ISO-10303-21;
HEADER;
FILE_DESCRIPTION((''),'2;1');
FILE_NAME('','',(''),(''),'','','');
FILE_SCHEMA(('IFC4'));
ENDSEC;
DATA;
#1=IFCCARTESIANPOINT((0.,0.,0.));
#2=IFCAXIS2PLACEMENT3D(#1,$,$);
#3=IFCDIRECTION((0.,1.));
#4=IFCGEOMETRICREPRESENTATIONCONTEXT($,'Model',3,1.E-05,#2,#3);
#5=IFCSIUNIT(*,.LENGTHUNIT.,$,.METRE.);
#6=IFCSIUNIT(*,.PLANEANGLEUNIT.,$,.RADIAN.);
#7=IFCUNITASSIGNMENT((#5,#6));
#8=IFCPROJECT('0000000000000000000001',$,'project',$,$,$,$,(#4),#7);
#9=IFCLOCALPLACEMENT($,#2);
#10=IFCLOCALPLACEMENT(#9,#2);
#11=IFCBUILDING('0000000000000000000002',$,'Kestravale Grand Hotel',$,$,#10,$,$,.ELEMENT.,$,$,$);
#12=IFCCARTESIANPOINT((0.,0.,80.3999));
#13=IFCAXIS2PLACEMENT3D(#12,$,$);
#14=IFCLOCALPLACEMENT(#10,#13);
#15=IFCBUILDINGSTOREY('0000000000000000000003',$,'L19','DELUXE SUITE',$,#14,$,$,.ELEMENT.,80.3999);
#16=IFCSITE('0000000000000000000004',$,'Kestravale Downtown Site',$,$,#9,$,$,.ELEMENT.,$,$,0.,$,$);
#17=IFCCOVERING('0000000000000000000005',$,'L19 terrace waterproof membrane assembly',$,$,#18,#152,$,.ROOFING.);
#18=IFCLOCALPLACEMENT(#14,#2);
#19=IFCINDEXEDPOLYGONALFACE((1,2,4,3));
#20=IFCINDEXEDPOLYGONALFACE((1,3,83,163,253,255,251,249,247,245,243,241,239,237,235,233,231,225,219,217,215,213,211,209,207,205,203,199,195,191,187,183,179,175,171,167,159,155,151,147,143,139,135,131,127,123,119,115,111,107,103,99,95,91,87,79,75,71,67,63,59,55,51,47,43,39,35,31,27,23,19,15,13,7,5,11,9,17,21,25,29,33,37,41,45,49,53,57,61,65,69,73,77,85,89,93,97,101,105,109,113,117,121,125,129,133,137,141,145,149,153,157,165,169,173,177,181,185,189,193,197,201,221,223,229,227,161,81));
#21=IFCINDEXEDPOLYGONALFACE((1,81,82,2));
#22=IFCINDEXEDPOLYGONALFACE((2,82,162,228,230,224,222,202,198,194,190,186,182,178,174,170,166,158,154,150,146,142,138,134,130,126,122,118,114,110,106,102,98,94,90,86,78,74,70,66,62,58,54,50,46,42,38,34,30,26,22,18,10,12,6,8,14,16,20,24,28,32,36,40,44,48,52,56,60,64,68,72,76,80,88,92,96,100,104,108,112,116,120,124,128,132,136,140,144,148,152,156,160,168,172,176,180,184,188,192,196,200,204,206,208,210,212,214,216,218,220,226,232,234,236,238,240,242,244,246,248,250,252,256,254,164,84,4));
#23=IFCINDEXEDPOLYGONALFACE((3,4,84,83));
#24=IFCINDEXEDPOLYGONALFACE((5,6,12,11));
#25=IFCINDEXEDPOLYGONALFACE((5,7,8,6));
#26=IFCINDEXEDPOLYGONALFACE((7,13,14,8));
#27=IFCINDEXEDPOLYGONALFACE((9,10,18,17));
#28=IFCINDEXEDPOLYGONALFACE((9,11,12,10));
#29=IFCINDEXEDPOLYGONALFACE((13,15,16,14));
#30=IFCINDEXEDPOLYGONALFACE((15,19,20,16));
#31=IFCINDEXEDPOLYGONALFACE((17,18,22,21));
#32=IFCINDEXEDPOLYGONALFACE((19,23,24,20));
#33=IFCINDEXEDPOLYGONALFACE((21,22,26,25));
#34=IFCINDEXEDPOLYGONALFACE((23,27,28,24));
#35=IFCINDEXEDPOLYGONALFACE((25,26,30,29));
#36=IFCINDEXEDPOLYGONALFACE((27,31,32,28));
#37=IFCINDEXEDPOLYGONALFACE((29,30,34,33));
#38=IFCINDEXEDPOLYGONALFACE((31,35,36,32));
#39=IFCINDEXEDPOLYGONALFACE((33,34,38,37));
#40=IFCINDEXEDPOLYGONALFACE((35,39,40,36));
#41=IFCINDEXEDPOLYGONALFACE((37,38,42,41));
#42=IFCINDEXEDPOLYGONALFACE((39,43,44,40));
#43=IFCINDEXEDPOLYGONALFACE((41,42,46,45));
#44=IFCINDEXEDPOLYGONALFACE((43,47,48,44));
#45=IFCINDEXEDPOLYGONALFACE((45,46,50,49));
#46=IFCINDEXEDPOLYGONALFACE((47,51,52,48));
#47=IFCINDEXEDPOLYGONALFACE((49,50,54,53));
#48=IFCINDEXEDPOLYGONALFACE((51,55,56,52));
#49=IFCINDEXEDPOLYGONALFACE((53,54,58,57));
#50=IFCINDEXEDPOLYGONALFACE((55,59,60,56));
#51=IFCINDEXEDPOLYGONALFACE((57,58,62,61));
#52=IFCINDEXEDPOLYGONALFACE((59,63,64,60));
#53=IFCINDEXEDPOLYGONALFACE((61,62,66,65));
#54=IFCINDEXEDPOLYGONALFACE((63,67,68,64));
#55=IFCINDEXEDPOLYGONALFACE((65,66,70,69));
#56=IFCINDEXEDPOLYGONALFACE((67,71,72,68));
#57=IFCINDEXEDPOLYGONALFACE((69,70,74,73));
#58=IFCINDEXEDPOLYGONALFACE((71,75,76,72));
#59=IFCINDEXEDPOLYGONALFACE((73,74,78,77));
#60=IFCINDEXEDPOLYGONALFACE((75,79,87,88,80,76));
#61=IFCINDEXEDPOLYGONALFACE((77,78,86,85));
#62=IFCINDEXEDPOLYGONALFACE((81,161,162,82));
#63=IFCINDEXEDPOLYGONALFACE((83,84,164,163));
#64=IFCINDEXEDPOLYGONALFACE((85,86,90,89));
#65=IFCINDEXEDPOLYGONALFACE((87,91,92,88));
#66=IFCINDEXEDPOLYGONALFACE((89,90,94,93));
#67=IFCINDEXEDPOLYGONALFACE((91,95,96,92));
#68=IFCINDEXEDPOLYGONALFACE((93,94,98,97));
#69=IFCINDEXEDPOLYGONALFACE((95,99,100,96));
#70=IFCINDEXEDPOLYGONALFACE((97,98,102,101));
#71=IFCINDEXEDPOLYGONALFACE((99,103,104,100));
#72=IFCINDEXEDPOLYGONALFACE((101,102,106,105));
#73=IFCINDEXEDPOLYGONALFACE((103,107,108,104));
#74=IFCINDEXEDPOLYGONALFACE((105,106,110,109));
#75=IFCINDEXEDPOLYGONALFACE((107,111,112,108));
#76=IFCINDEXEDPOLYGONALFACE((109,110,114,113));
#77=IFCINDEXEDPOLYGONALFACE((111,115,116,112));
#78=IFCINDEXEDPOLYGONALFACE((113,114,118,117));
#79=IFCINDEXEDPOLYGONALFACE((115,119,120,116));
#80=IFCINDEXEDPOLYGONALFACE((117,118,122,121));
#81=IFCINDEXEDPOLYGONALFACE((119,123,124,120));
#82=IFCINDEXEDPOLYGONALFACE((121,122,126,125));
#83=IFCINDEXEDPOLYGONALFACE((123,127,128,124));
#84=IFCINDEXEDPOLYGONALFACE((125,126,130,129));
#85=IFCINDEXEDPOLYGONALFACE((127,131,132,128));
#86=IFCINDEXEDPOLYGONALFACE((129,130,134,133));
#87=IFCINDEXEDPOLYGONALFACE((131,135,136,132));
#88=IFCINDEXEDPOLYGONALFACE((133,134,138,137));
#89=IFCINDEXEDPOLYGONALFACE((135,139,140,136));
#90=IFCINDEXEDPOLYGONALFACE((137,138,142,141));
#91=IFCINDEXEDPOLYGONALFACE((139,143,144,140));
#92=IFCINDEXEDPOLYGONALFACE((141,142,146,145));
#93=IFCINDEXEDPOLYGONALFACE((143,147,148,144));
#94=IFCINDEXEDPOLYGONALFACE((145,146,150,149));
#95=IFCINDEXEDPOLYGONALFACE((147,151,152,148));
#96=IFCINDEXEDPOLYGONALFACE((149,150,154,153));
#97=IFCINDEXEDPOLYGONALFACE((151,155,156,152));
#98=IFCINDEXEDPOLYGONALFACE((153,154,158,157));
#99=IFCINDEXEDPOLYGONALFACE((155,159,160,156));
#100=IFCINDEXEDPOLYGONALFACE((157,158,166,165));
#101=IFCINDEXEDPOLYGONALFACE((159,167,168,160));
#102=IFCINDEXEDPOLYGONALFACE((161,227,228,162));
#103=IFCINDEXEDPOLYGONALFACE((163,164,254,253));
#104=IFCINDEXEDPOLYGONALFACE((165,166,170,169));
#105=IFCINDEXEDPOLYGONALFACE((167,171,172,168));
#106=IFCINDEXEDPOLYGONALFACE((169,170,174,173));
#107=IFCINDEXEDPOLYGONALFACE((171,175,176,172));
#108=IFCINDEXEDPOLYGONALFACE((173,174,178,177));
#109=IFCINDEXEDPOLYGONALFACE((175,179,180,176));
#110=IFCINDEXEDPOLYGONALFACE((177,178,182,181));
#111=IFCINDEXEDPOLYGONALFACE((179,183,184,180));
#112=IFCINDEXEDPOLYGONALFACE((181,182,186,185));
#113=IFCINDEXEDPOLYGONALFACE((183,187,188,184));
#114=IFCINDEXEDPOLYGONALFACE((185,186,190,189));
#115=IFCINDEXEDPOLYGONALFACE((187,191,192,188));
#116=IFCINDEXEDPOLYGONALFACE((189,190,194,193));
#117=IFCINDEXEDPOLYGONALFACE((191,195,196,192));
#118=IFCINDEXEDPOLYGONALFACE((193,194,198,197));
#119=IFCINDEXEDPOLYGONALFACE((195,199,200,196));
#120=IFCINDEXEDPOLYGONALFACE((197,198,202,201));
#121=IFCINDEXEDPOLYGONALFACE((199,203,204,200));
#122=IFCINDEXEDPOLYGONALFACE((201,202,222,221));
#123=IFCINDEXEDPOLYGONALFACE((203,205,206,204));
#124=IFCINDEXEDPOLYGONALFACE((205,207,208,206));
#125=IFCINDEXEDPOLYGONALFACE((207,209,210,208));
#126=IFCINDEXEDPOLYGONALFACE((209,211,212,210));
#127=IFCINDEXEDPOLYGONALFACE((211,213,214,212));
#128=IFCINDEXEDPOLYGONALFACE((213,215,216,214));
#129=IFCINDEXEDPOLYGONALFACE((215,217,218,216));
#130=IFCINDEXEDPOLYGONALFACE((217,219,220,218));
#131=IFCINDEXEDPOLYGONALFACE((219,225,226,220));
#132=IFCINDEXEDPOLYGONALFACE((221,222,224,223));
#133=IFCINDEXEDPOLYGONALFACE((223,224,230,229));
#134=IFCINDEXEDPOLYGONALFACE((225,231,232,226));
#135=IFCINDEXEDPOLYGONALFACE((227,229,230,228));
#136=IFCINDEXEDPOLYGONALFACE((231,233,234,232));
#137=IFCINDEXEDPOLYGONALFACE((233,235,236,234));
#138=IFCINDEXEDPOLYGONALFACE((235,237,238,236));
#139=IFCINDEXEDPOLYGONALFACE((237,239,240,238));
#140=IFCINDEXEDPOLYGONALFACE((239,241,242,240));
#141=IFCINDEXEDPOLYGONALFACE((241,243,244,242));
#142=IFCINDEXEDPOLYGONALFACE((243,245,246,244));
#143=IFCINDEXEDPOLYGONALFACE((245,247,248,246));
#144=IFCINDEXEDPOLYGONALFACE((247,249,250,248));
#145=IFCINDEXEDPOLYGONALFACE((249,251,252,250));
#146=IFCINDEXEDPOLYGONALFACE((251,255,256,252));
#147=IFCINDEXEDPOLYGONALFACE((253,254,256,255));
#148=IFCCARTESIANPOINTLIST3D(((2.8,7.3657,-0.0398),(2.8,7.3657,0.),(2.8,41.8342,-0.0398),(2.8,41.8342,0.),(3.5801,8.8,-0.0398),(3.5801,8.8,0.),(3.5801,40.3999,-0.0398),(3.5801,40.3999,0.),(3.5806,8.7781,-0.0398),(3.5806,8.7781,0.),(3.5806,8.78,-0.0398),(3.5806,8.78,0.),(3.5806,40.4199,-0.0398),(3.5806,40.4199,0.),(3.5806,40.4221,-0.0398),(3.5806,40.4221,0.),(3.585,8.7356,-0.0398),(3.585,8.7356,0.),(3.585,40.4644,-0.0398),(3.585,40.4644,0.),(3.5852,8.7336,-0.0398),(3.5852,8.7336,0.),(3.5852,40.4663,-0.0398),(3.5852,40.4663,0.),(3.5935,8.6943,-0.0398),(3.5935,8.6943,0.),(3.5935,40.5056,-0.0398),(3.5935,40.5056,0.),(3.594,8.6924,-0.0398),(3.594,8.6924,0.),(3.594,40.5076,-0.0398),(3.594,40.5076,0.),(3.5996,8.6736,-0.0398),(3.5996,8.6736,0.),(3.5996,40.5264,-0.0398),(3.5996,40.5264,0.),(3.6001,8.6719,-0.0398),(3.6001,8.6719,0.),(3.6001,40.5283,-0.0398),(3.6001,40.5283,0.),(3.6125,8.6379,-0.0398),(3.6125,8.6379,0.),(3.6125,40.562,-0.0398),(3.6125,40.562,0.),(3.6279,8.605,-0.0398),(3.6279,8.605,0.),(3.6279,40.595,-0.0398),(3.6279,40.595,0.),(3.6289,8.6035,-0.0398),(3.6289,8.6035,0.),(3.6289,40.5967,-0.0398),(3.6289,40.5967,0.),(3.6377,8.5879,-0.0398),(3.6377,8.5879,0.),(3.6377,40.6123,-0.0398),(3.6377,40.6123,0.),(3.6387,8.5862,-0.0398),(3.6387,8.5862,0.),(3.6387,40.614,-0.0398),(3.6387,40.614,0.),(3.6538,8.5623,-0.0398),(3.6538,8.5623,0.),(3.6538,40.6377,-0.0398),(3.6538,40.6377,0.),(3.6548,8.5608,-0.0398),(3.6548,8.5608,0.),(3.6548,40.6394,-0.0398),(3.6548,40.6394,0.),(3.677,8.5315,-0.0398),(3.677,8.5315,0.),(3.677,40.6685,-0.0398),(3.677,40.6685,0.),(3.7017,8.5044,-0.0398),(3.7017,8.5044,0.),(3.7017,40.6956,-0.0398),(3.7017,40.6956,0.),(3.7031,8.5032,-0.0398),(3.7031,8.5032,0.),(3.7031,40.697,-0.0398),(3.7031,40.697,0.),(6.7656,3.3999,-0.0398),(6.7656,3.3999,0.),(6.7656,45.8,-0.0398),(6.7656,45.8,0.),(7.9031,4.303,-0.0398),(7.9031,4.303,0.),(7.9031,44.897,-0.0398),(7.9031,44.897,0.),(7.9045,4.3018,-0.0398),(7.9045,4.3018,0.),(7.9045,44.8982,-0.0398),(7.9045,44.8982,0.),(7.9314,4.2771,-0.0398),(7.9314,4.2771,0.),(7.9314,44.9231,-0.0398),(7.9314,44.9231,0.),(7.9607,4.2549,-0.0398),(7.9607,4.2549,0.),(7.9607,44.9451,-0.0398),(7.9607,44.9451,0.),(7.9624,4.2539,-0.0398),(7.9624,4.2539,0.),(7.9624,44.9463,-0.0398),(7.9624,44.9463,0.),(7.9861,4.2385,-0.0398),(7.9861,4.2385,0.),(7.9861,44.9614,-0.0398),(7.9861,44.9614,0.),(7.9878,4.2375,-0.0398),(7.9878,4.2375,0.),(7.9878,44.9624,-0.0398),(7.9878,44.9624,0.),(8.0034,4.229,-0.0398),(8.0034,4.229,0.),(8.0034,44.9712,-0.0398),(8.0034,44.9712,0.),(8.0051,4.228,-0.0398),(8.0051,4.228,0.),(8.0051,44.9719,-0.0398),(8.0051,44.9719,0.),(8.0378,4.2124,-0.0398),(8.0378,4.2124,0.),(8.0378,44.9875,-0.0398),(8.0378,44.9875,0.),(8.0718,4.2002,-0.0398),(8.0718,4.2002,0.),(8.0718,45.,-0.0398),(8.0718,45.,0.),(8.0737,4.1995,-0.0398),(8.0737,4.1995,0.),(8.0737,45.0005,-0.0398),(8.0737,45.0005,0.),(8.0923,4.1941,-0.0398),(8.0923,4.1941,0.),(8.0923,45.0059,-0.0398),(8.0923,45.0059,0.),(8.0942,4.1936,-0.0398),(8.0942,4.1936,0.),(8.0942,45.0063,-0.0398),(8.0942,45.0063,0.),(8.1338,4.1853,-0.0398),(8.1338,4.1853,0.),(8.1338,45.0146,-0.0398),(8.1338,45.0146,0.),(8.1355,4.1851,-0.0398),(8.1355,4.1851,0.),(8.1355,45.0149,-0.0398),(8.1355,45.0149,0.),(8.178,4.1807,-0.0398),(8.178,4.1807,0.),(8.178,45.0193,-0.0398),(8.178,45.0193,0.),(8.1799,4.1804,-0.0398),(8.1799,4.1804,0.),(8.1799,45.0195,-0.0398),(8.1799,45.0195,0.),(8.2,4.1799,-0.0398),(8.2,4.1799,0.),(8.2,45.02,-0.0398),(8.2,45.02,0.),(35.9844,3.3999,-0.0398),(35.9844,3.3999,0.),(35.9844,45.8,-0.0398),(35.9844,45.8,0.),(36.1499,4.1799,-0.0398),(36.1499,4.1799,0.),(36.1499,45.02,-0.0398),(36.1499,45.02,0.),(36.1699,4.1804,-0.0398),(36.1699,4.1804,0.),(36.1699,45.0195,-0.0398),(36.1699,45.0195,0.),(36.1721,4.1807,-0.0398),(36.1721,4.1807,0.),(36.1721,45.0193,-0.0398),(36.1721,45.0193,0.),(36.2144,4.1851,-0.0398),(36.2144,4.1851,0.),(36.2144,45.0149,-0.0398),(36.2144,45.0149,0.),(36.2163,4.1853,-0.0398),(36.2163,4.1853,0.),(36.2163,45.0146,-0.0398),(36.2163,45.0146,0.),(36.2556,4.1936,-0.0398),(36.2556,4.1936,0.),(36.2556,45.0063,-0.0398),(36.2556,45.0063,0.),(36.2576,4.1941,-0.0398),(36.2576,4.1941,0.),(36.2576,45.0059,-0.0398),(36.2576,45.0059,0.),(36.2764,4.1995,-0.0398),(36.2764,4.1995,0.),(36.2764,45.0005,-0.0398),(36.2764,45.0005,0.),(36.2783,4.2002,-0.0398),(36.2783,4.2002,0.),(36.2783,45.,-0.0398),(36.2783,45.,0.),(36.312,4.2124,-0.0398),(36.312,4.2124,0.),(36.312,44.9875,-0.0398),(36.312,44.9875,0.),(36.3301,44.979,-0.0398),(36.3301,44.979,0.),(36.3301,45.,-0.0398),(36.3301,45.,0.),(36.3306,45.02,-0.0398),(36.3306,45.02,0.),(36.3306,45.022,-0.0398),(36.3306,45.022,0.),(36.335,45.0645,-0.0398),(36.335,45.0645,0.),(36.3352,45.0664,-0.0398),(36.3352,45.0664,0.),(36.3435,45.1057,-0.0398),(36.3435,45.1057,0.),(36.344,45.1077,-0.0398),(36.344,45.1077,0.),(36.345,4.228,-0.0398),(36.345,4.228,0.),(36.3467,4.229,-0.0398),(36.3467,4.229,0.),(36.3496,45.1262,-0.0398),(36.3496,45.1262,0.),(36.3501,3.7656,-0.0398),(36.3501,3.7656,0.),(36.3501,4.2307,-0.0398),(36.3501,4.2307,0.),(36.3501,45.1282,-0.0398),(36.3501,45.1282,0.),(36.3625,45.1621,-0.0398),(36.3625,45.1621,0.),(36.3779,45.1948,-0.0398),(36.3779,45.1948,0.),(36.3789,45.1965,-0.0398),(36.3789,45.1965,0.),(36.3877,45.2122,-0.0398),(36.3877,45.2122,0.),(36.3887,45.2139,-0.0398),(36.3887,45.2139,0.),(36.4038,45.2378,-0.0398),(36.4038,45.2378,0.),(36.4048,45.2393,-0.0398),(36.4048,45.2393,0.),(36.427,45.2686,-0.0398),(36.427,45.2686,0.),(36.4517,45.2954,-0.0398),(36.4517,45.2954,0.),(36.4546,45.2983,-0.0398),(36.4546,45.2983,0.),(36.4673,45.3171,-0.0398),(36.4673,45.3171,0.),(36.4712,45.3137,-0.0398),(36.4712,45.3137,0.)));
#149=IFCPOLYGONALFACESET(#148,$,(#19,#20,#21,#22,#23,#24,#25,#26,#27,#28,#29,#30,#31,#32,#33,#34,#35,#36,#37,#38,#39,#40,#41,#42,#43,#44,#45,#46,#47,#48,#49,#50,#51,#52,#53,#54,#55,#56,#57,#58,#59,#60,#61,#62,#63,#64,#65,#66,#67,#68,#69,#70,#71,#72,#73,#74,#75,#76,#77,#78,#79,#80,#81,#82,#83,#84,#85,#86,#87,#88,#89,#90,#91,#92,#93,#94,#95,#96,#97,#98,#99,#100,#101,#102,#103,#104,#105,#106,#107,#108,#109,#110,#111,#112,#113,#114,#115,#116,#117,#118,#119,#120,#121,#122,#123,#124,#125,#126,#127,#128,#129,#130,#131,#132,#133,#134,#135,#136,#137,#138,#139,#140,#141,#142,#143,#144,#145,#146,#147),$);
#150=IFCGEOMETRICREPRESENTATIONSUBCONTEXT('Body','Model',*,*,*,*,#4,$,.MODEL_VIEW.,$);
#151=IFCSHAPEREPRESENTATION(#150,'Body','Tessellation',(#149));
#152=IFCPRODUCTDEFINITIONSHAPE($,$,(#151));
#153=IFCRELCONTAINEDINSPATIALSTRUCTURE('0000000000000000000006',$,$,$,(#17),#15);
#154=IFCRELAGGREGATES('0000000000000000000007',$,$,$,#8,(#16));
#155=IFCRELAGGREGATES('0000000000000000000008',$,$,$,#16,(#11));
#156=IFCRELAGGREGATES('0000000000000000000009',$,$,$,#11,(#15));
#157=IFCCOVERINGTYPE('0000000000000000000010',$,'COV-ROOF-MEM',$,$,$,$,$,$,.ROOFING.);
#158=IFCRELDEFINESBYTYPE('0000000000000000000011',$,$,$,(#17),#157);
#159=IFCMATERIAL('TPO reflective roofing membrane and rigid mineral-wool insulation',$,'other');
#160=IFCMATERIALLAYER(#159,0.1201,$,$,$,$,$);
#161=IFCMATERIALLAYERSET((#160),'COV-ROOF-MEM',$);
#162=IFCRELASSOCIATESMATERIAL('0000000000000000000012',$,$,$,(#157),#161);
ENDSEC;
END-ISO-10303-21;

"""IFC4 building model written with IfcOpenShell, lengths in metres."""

from ifc_helpers import new_model, si_unit, direction, frame, origin, place, context, subcontext, project, spatial, polyline, outline, extrude, material, layer, layer_set, type_object, element, save


model = new_model("IFC4")

# Units and contexts
model_context = context("Model", 3, precision=1e-05, world=origin(), true_north=direction((0.0, 1.0)))
body_context = subcontext(model_context, "Body", "Model", "MODEL_VIEW")
ifc_project = project(units=[si_unit("LENGTHUNIT", "METRE"), si_unit("PLANEANGLEUNIT", "RADIAN")], contexts=[model_context])

# Site, building, storey
site_placement = place(None, origin())
site = spatial("IfcSite", under=ifc_project, at=site_placement, Name="Kestravale Downtown Site", CompositionType="ELEMENT", RefElevation=0.0)
building_placement = place(site_placement, origin())
building = spatial("IfcBuilding", under=site, at=building_placement, Name="Kestravale Grand Hotel", CompositionType="ELEMENT")
storey_placement = place(building_placement, frame((0.0, 0.0, 80.3999)))
storey = spatial("IfcBuildingStorey", under=building, at=storey_placement, Name="L19", Description="DELUXE SUITE", CompositionType="ELEMENT", Elevation=80.3999)

# Covering
ifc_material_1 = material(Name="TPO reflective roofing membrane and rigid mineral-wool insulation", Category="other")
ifc_layer_1 = layer(ifc_material_1, 0.1201)
ifc_layer_set_1 = layer_set([ifc_layer_1], Name="COV-ROOF-MEM")
covering_type = type_object("IfcCoveringType", Name="COV-ROOF-MEM", PredefinedType="ROOFING", material=ifc_layer_set_1)
covering_placement = place(storey_placement, frame((0.0, 0.0, -0.0398)))
element("IfcCovering", 1, at=covering_placement, inside=storey, type_object=covering_type, Name="L19 terrace waterproof membrane assembly", PredefinedType="ROOFING", context=body_context, shape_type="SweptSolid", body=[
    extrude(outline(polyline([(36.3301, 44.979), (36.312, 44.9875), (36.2783, 45.0), (36.2764, 45.0005), (36.2576, 45.0059), (36.2556, 45.0063), (36.2163, 45.0146), (36.2144, 45.0149), (36.1721, 45.0193), (36.1699, 45.0195), (36.1499, 45.02), (8.2, 45.02), (8.1799, 45.0195), (8.178, 45.0193), (8.1355, 45.0149), (8.1338, 45.0146), (8.0942, 45.0063), (8.0923, 45.0059), (8.0737, 45.0005), (8.0718, 45.0), (8.0378, 44.9875), (8.0051, 44.9719), (8.0034, 44.9712), (7.9878, 44.9624), (7.9861, 44.9614), (7.9624, 44.9463), (7.9607, 44.9451), (7.9314, 44.9231), (7.9045, 44.8982), (7.9031, 44.897), (3.7031, 40.697), (3.7017, 40.6956), (3.677, 40.6685), (3.6548, 40.6394), (3.6538, 40.6377), (3.6387, 40.614), (3.6377, 40.6123), (3.6289, 40.5967), (3.6279, 40.595), (3.6125, 40.562), (3.6001, 40.5283), (3.5996, 40.5264), (3.594, 40.5076), (3.5935, 40.5056), (3.5852, 40.4663), (3.585, 40.4644), (3.5806, 40.4221), (3.5806, 40.4199), (3.5801, 40.3999), (3.5801, 8.8), (3.5806, 8.78), (3.5806, 8.7781), (3.585, 8.7356), (3.5852, 8.7336), (3.5935, 8.6943), (3.594, 8.6924), (3.5996, 8.6736), (3.6001, 8.6719), (3.6125, 8.6379), (3.6279, 8.605), (3.6289, 8.6035), (3.6377, 8.5879), (3.6387, 8.5862), (3.6538, 8.5623), (3.6548, 8.5608), (3.677, 8.5315), (3.7017, 8.5044), (3.7031, 8.5032), (7.9031, 4.303), (7.9045, 4.3018), (7.9314, 4.2771), (7.9607, 4.2549), (7.9624, 4.2539), (7.9861, 4.2385), (7.9878, 4.2375), (8.0034, 4.229), (8.0051, 4.228), (8.0378, 4.2124), (8.0718, 4.2002), (8.0737, 4.1995), (8.0923, 4.1941), (8.0942, 4.1936), (8.1338, 4.1853), (8.1355, 4.1851), (8.178, 4.1807), (8.1799, 4.1804), (8.2, 4.1799), (36.1499, 4.1799), (36.1699, 4.1804), (36.1721, 4.1807), (36.2144, 4.1851), (36.2163, 4.1853), (36.2556, 4.1936), (36.2576, 4.1941), (36.2764, 4.1995), (36.2783, 4.2002), (36.312, 4.2124), (36.345, 4.228), (36.3467, 4.229), (36.3501, 4.2307), (36.3501, 3.7656), (35.9844, 3.3999), (6.7656, 3.3999), (2.8, 7.3657), (2.8, 41.8342), (6.7656, 45.8), (35.9844, 45.8), (36.4673, 45.3171), (36.4712, 45.3137), (36.4546, 45.2983), (36.4517, 45.2954), (36.427, 45.2686), (36.4048, 45.2393), (36.4038, 45.2378), (36.3887, 45.2139), (36.3877, 45.2122), (36.3789, 45.1965), (36.3779, 45.1948), (36.3625, 45.1621), (36.3501, 45.1282), (36.3496, 45.1262), (36.344, 45.1077), (36.3435, 45.1057), (36.3352, 45.0664), (36.335, 45.0645), (36.3306, 45.022), (36.3306, 45.02), (36.3301, 45.0), (36.3301, 44.979)])), origin(), (0.0, 0.0, 1.0), 0.0398),
])

save(model, "model.ifc")
